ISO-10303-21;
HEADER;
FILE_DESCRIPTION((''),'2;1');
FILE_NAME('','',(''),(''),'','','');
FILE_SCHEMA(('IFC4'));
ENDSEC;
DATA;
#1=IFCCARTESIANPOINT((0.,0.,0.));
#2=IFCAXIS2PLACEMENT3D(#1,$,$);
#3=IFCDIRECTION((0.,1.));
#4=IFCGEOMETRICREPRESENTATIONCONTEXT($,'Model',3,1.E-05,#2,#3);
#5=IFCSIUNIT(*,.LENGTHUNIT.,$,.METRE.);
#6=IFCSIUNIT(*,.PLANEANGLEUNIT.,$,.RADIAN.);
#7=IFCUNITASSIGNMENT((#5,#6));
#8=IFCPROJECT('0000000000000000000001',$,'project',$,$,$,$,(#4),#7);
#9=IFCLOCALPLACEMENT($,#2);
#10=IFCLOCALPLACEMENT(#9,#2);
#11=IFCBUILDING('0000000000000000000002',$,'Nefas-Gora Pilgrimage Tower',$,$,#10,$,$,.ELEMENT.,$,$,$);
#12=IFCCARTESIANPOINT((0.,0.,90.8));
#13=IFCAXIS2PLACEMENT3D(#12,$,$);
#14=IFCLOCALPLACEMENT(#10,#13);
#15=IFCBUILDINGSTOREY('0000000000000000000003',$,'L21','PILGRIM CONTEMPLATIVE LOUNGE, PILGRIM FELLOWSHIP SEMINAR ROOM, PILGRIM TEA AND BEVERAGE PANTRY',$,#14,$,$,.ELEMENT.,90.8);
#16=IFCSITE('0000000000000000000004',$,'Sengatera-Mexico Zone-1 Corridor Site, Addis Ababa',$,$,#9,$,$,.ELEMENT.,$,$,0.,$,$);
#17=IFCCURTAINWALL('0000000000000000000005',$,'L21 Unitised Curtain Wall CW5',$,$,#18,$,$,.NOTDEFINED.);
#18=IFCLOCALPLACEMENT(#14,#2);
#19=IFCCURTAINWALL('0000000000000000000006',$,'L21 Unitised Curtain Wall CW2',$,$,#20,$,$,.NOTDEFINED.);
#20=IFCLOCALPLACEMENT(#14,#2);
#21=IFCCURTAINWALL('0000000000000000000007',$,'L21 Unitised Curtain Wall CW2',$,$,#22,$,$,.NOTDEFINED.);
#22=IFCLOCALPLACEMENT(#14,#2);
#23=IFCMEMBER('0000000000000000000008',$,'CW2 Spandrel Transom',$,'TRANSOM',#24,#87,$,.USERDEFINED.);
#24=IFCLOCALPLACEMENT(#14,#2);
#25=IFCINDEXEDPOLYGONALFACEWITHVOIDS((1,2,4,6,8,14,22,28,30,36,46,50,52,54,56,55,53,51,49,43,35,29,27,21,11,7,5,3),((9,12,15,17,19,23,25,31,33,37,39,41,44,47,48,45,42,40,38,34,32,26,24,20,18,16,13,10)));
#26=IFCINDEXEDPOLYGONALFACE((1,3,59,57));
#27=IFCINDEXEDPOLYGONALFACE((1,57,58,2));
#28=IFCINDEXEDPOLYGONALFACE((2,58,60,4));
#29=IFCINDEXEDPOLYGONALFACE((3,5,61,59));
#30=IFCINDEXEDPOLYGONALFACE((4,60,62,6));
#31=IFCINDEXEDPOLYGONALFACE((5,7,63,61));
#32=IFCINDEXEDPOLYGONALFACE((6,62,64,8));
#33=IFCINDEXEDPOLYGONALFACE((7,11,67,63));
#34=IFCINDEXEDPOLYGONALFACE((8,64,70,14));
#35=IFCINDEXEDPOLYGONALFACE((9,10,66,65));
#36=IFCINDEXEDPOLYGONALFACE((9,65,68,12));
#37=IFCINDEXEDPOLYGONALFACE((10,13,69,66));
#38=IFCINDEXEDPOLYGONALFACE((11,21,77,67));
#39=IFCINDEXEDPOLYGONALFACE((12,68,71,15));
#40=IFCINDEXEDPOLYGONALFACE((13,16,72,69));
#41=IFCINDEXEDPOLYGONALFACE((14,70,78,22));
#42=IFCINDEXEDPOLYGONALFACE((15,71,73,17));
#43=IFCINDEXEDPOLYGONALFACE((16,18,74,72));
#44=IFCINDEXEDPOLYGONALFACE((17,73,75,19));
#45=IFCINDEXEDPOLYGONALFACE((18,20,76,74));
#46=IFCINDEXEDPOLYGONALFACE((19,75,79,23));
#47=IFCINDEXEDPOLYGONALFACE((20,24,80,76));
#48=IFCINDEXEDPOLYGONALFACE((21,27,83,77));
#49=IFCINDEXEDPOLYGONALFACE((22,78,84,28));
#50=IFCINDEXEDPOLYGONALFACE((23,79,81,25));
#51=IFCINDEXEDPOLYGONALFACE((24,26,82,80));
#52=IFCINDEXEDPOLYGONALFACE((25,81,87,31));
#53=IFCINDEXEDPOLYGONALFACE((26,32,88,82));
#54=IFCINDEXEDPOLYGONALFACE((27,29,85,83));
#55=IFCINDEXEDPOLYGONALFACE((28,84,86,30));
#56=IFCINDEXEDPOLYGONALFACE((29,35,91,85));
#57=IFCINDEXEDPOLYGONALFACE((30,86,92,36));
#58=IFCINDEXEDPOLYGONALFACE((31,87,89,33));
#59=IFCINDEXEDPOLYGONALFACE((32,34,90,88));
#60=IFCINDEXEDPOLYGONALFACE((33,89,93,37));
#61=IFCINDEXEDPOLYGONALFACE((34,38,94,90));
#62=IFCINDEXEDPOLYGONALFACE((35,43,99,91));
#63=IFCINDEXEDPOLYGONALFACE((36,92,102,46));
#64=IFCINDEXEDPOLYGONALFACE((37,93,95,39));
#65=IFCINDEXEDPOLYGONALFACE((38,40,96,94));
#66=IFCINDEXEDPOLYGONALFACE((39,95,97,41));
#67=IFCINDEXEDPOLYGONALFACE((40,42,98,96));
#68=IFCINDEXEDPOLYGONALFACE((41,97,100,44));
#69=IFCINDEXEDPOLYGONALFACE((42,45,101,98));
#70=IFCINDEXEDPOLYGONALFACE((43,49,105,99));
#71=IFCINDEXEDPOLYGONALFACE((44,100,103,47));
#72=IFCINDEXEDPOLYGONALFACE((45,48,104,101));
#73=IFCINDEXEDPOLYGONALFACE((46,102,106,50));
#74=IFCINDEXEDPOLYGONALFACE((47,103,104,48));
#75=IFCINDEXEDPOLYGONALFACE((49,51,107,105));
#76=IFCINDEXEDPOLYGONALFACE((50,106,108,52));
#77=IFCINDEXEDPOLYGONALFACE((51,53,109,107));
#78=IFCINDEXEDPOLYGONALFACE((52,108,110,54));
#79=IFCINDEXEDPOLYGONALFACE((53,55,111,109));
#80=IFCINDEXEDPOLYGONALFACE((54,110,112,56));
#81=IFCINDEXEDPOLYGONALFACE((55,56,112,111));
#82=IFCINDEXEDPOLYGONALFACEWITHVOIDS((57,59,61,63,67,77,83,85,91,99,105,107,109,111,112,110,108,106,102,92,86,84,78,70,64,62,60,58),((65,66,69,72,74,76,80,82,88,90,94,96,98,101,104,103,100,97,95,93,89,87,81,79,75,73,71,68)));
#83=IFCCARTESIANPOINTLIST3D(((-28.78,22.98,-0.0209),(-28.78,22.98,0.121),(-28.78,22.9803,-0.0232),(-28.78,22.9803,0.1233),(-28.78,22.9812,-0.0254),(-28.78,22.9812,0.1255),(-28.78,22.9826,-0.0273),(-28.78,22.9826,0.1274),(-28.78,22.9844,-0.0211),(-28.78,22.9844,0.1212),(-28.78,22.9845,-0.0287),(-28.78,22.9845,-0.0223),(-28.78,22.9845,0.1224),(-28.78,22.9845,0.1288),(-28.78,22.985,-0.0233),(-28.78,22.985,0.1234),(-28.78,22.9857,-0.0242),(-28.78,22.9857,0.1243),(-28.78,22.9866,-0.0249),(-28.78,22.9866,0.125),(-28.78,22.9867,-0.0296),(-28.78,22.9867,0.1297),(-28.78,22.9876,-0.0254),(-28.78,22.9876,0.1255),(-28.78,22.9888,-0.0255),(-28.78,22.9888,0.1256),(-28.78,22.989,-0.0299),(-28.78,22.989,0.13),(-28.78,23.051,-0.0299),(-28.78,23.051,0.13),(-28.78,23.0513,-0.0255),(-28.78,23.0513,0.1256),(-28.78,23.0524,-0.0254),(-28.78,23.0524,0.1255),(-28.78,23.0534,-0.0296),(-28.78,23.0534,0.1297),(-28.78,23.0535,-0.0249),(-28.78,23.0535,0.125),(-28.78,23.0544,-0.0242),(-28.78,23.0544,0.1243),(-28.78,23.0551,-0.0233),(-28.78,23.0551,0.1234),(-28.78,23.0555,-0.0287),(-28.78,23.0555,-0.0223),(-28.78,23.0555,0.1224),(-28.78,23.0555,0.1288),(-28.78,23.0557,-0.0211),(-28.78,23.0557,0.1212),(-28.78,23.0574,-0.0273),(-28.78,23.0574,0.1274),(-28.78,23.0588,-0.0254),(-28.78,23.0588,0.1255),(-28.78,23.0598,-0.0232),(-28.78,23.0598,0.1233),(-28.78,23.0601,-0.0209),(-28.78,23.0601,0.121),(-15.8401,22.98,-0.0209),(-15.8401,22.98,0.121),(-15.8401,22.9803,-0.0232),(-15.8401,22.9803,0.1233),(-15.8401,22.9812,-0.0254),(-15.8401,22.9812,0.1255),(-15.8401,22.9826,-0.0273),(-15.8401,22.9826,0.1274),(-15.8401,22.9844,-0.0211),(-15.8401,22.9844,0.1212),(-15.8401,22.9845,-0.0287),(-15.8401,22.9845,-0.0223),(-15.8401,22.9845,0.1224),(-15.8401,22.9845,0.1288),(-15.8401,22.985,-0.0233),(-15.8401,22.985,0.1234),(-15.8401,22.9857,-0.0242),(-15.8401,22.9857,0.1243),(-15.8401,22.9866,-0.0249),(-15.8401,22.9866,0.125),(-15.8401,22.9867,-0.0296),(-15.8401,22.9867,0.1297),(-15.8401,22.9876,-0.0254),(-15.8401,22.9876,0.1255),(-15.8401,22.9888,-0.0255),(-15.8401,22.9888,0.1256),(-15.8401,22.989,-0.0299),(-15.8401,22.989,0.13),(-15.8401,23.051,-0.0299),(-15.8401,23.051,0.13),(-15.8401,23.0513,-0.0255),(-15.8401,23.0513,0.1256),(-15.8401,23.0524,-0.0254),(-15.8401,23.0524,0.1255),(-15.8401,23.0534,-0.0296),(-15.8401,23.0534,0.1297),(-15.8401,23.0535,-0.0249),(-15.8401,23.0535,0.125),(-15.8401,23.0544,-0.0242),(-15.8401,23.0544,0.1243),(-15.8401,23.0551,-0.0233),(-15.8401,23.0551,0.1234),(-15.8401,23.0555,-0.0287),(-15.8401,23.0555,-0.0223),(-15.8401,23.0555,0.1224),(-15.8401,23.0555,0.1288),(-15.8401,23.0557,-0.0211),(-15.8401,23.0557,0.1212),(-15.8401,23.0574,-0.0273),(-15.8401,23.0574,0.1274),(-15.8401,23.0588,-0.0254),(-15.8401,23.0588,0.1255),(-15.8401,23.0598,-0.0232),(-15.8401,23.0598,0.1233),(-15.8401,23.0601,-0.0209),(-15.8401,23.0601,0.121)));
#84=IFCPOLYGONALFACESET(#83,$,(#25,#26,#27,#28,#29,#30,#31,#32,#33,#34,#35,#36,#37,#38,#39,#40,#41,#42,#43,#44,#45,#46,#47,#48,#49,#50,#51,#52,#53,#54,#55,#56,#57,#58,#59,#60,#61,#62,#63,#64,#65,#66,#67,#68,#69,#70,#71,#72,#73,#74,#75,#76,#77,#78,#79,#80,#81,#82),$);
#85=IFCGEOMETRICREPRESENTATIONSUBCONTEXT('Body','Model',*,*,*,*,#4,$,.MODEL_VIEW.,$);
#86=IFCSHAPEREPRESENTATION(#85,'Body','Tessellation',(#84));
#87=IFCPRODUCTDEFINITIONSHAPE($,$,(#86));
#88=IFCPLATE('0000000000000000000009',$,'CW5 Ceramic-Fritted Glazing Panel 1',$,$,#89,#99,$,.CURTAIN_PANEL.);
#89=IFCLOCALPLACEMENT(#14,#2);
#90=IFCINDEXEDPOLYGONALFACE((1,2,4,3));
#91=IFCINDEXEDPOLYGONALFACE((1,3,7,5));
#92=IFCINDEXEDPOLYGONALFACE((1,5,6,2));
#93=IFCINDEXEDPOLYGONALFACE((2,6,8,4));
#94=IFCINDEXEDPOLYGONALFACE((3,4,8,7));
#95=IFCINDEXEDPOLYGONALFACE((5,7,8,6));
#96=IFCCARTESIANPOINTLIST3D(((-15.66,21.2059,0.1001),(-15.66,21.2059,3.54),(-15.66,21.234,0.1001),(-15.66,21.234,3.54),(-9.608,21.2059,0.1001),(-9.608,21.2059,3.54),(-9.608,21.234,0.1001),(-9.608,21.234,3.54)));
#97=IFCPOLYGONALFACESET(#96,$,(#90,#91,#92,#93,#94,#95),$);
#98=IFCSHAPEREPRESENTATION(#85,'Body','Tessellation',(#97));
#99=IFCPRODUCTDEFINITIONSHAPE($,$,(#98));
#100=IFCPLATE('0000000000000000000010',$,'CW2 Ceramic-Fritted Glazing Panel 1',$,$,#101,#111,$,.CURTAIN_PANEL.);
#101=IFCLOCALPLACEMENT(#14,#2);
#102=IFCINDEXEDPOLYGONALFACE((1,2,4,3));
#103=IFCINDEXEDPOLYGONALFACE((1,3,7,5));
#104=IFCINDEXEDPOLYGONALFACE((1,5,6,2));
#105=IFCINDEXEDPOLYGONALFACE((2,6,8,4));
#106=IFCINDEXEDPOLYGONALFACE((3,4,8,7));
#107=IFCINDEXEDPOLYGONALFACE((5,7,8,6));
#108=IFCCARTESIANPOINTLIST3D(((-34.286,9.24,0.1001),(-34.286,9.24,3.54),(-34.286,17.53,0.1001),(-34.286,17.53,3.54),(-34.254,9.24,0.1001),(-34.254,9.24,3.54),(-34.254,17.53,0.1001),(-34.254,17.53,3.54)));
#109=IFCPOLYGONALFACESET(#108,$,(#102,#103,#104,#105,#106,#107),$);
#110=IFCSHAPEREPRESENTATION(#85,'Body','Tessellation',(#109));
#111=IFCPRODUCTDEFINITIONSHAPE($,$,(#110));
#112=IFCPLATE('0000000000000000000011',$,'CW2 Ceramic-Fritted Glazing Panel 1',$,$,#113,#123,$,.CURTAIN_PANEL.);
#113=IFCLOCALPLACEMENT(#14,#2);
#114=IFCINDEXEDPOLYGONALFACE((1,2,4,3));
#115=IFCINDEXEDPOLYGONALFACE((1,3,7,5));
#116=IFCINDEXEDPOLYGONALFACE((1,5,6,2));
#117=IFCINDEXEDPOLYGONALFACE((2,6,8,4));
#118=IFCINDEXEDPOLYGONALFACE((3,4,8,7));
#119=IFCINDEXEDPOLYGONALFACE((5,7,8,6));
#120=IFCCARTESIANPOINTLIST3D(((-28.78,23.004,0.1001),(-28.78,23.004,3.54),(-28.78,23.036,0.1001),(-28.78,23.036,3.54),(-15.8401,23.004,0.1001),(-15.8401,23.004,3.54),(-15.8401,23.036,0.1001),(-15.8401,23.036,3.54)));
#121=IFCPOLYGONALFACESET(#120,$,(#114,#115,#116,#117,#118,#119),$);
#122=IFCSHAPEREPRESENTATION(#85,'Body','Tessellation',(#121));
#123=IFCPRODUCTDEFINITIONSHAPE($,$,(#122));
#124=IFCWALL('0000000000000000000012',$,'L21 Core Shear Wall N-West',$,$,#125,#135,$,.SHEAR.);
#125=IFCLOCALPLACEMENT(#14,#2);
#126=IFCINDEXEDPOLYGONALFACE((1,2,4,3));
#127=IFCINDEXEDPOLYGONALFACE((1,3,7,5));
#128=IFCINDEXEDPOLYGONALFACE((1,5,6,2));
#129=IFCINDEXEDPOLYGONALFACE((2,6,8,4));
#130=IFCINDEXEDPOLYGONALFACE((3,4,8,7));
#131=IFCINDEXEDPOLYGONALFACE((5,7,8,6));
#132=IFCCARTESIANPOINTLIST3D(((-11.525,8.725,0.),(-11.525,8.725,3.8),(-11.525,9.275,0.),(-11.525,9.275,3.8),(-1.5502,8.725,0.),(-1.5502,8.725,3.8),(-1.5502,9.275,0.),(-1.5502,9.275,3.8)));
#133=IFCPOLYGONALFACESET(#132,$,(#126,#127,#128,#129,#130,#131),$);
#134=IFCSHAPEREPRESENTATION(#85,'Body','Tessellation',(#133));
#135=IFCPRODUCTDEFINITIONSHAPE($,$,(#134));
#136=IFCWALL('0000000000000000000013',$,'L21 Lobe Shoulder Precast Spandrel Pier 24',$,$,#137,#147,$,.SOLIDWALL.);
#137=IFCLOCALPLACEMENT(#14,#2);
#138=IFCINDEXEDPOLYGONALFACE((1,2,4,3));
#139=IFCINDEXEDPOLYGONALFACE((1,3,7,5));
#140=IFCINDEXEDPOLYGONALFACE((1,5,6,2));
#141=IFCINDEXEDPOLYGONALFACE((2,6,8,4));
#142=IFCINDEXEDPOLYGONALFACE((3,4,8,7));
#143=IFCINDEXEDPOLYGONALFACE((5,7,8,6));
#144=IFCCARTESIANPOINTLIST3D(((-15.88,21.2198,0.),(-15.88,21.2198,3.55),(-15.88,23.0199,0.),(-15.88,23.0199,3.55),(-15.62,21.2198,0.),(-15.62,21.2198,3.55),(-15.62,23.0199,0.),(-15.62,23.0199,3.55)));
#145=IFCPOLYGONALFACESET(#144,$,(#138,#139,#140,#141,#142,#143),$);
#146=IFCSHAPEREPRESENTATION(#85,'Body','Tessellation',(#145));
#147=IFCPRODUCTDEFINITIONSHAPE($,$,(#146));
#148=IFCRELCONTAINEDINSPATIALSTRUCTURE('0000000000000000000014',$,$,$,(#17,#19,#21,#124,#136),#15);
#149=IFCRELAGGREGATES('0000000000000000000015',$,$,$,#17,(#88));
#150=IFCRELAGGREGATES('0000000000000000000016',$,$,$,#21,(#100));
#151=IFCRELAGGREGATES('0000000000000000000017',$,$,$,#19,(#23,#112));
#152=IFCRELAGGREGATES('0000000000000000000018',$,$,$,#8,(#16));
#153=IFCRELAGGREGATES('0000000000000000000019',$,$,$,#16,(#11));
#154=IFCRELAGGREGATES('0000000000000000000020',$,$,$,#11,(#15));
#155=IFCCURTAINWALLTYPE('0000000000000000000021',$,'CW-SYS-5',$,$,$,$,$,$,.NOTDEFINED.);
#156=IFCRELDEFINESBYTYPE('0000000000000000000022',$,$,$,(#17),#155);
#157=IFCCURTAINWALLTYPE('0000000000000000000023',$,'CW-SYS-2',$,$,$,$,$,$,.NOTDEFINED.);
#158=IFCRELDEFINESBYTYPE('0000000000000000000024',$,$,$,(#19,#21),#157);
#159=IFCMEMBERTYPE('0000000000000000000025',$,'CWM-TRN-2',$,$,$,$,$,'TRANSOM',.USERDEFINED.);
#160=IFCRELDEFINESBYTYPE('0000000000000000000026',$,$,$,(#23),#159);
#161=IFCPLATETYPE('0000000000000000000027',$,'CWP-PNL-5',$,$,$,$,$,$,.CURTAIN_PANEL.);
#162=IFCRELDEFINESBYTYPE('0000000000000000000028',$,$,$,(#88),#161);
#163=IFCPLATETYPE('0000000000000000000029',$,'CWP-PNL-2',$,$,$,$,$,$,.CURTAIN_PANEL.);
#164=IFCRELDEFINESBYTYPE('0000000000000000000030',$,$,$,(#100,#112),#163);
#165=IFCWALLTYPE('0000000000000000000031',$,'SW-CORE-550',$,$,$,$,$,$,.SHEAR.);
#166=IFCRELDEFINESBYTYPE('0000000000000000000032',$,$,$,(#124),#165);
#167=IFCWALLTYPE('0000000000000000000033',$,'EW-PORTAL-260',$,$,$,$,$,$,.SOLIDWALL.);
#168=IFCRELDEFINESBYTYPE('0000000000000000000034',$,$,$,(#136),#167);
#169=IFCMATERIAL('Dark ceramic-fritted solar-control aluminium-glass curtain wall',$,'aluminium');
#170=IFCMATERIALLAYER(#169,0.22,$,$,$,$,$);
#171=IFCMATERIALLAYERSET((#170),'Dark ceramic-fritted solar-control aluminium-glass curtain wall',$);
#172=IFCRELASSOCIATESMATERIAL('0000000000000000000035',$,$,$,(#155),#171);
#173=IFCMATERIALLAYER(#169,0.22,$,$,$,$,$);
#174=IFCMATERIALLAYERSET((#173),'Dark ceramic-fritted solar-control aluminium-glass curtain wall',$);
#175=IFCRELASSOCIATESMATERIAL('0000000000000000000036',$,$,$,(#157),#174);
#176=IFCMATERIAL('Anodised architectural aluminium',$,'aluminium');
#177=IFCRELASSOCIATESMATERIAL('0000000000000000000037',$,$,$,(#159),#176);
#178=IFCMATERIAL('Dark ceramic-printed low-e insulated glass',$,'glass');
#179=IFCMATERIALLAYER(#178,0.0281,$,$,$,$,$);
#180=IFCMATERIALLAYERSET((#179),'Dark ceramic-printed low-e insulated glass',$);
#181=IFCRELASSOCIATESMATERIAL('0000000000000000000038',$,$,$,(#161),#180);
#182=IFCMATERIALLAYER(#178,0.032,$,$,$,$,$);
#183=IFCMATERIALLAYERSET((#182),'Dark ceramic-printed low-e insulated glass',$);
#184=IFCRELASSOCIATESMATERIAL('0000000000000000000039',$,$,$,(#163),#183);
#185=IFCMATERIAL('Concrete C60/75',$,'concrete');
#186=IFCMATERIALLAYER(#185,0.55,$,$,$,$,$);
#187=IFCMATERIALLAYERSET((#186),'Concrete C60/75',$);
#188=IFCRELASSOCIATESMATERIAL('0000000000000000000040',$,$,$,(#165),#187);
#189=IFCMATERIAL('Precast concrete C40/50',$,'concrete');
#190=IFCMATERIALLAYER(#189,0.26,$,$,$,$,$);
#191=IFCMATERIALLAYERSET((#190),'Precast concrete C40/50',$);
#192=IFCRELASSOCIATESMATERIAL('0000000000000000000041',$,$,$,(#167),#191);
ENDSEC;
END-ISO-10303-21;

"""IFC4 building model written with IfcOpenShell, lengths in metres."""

from ifc_helpers import new_model, si_unit, direction, frame, frame_2d, origin, origin_2d, place, context, subcontext, project, spatial, rectangle, hollow_rectangle, extrude, source, transform, mapped, material, layer, layer_set, material_profile, profile_set, type_object, element, aggregate, save


model = new_model("IFC4")

# Units and contexts
model_context = context("Model", 3, precision=1e-05, world=origin(), true_north=direction((0.0, 1.0)))
body_context = subcontext(model_context, "Body", "Model", "MODEL_VIEW")
ifc_project = project(units=[si_unit("LENGTHUNIT", "METRE"), si_unit("PLANEANGLEUNIT", "RADIAN")], contexts=[model_context])

# Site, building, storey
site_placement = place(None, origin())
site = spatial("IfcSite", under=ifc_project, at=site_placement, Name="Sengatera-Mexico Zone-1 Corridor Site, Addis Ababa", CompositionType="ELEMENT", RefElevation=0.0)
building_placement = place(site_placement, origin())
building = spatial("IfcBuilding", under=site, at=building_placement, Name="Nefas-Gora Pilgrimage Tower", CompositionType="ELEMENT")
storey_placement = place(building_placement, frame((0.0, 0.0, 90.8)))
storey = spatial("IfcBuildingStorey", under=building, at=storey_placement, Name="L21", Description="PILGRIM CONTEMPLATIVE LOUNGE, PILGRIM FELLOWSHIP SEMINAR ROOM, PILGRIM TEA AND BEVERAGE PANTRY", CompositionType="ELEMENT", Elevation=90.8)

# Curtain wall
ifc_material_1 = material(Name="Dark ceramic-fritted solar-control aluminium-glass curtain wall", Category="aluminium")
ifc_layer_1 = layer(ifc_material_1, 0.22)
ifc_layer_set_1 = layer_set([ifc_layer_1], Name="Dark ceramic-fritted solar-control aluminium-glass curtain wall")
curtain_wall_type_1 = type_object("IfcCurtainWallType", Name="CW-SYS-5", PredefinedType="NOTDEFINED", material=ifc_layer_set_1)
curtain_wall_1_placement = place(storey_placement, origin())
curtain_wall_1 = element("IfcCurtainWall", 1, at=curtain_wall_1_placement, inside=storey, type_object=curtain_wall_type_1, Name="L21 Unitised Curtain Wall CW5", PredefinedType="NOTDEFINED")
ifc_material_2 = material(Name="Anodised architectural aluminium", Category="aluminium")

# Curtain walls
ifc_layer_2 = layer(ifc_material_1, 0.22)
ifc_layer_set_2 = layer_set([ifc_layer_2], Name="Dark ceramic-fritted solar-control aluminium-glass curtain wall")
curtain_wall_type_2 = type_object("IfcCurtainWallType", Name="CW-SYS-2", PredefinedType="NOTDEFINED", material=ifc_layer_set_2)
curtain_wall_2_placement = place(storey_placement, origin())
curtain_wall_2 = element("IfcCurtainWall", 2, at=curtain_wall_2_placement, inside=storey, type_object=curtain_wall_type_2, Name="L21 Unitised Curtain Wall CW2", PredefinedType="NOTDEFINED")
curtain_wall_3_placement = place(storey_placement, origin())
curtain_wall_3 = element("IfcCurtainWall", 3, at=curtain_wall_3_placement, inside=storey, type_object=curtain_wall_type_2, Name="L21 Unitised Curtain Wall CW2", PredefinedType="NOTDEFINED")
ifc_material_profile_1 = material_profile(ifc_material_2, hollow_rectangle(XDim=0.0801, YDim=0.1599, WallThickness=0.0044, InnerFilletRadius=0.0044, OuterFilletRadius=0.009, at=origin_2d()), Name="ALU TRANSOM 80x160")
ifc_profile_set_1 = profile_set([ifc_material_profile_1], Name="Anodised architectural aluminium")
member_type_1 = type_object("IfcMemberType", Name="CWM-TRN-2", ElementType="TRANSOM", PredefinedType="USERDEFINED", material=ifc_profile_set_1)

# Member
shared_shape_1 = source(origin(), body_context, "Body", "SweptSolid", [
    extrude(hollow_rectangle(XDim=0.0801, YDim=0.1599, WallThickness=0.0044, InnerFilletRadius=0.0044, OuterFilletRadius=0.009, at=origin_2d()), origin(), (0.0, 0.0, 1.0), 12.9399),
])
member_1_placement = place(storey_placement, frame((-15.8401, 23.02, 0.05), z_axis=(-1.0, 0.0, 0.0), x_axis=(0.0, -1.0, 0.0)))
member_1 = element("IfcMember", 4, at=member_1_placement, type_object=member_type_1, Name="CW2 Spandrel Transom", ObjectType="TRANSOM", PredefinedType="USERDEFINED", context=body_context, shape_type="MappedRepresentation", body=[
    mapped(shared_shape_1, transform((0.0, 0.0, 0.0), x_axis=(1.0, 0.0, 0.0), y_axis=(0.0, 1.0, 0.0), z_axis=(0.0, 0.0, 1.0), scale=1.0)),
])

# Plates
ifc_material_3 = material(Name="Dark ceramic-printed low-e insulated glass", Category="glass")
ifc_layer_3 = layer(ifc_material_3, 0.0281)
ifc_layer_set_3 = layer_set([ifc_layer_3], Name="Dark ceramic-printed low-e insulated glass")
plate_type_1 = type_object("IfcPlateType", Name="CWP-PNL-5", PredefinedType="CURTAIN_PANEL", material=ifc_layer_set_3)
shared_shape_2 = source(origin(), body_context, "Body", "SweptSolid", [
    extrude(rectangle(XDim=6.052, YDim=0.0281, at=origin_2d()), origin(), (0.0, 0.0, 1.0), 3.4399),
])
plate_1_placement = place(storey_placement, frame((-12.634, 21.22, 0.1001), z_axis=(0.0, 0.0, 1.0), x_axis=(-1.0, 0.0, 0.0)))
plate_1 = element("IfcPlate", 5, at=plate_1_placement, type_object=plate_type_1, Name="CW5 Ceramic-Fritted Glazing Panel 1", PredefinedType="CURTAIN_PANEL", context=body_context, shape_type="MappedRepresentation", body=[
    mapped(shared_shape_2, transform((0.0, 0.0, 0.0), x_axis=(1.0, 0.0, 0.0), y_axis=(0.0, 1.0, 0.0), z_axis=(0.0, 0.0, 1.0), scale=1.0)),
])
aggregate(curtain_wall_1, [plate_1])
ifc_layer_4 = layer(ifc_material_3, 0.032)
ifc_layer_set_4 = layer_set([ifc_layer_4], Name="Dark ceramic-printed low-e insulated glass")
plate_type_2 = type_object("IfcPlateType", Name="CWP-PNL-2", PredefinedType="CURTAIN_PANEL", material=ifc_layer_set_4)
shared_shape_3 = source(origin(), body_context, "Body", "SweptSolid", [
    extrude(rectangle(XDim=8.29, YDim=0.032, at=origin_2d()), origin(), (0.0, 0.0, 1.0), 3.4399),
])
plate_2_placement = place(storey_placement, frame((-34.27, 13.385, 0.1001), z_axis=(0.0, 0.0, 1.0), x_axis=(0.0, -1.0, 0.0)))
plate_2 = element("IfcPlate", 6, at=plate_2_placement, type_object=plate_type_2, Name="CW2 Ceramic-Fritted Glazing Panel 1", PredefinedType="CURTAIN_PANEL", context=body_context, shape_type="MappedRepresentation", body=[
    mapped(shared_shape_3, transform((0.0, 0.0, 0.0), x_axis=(1.0, 0.0, 0.0), y_axis=(0.0, 1.0, 0.0), z_axis=(0.0, 0.0, 1.0), scale=1.0)),
])
aggregate(curtain_wall_3, [plate_2])
shared_shape_4 = source(origin(), body_context, "Body", "SweptSolid", [
    extrude(rectangle(XDim=12.9399, YDim=0.032, at=origin_2d()), origin(), (0.0, 0.0, 1.0), 3.4399),
])
plate_3_placement = place(storey_placement, frame((-22.3101, 23.02, 0.1001), z_axis=(0.0, 0.0, 1.0), x_axis=(-1.0, 0.0, 0.0)))
plate_3 = element("IfcPlate", 7, at=plate_3_placement, type_object=plate_type_2, Name="CW2 Ceramic-Fritted Glazing Panel 1", PredefinedType="CURTAIN_PANEL", context=body_context, shape_type="MappedRepresentation", body=[
    mapped(shared_shape_4, transform((0.0, 0.0, 0.0), x_axis=(1.0, 0.0, 0.0), y_axis=(0.0, 1.0, 0.0), z_axis=(0.0, 0.0, 1.0), scale=1.0)),
])
aggregate(curtain_wall_2, [member_1, plate_3])

# Walls
ifc_material_4 = material(Name="Concrete C60/75", Category="concrete")
ifc_layer_5 = layer(ifc_material_4, 0.55)
ifc_layer_set_5 = layer_set([ifc_layer_5], Name="Concrete C60/75")
wall_type_1 = type_object("IfcWallType", Name="SW-CORE-550", PredefinedType="SHEAR", material=ifc_layer_set_5)
shared_shape_5 = source(origin(), body_context, "Body", "SweptSolid", [
    extrude(rectangle(XDim=9.9749, YDim=0.55, at=frame_2d((4.9873, 0.0))), origin(), (0.0, 0.0, 1.0), 3.8),
])
wall_1_placement = place(storey_placement, frame((-11.5249, 9.0, 0.0), z_axis=(0.0, 0.0, 1.0), x_axis=(1.0, 0.0, 0.0)))
element("IfcWall", 8, at=wall_1_placement, inside=storey, type_object=wall_type_1, Name="L21 Core Shear Wall N-West", PredefinedType="SHEAR", context=body_context, shape_type="MappedRepresentation", body=[
    mapped(shared_shape_5, transform((0.0, 0.0, 0.0), x_axis=(1.0, 0.0, 0.0), y_axis=(0.0, 1.0, 0.0), z_axis=(0.0, 0.0, 1.0), scale=1.0)),
])
ifc_material_5 = material(Name="Precast concrete C40/50", Category="concrete")
ifc_layer_6 = layer(ifc_material_5, 0.26)
ifc_layer_set_6 = layer_set([ifc_layer_6], Name="Precast concrete C40/50")
wall_type_2 = type_object("IfcWallType", Name="EW-PORTAL-260", PredefinedType="SOLIDWALL", material=ifc_layer_set_6)
shared_shape_6 = source(origin(), body_context, "Body", "SweptSolid", [
    extrude(rectangle(XDim=1.8, YDim=0.26, at=frame_2d((0.8999, 0.0))), origin(), (0.0, 0.0, 1.0), 3.55),
])
wall_2_placement = place(storey_placement, frame((-15.75, 21.22, 0.0), z_axis=(0.0, 0.0, 1.0), x_axis=(0.0, 1.0, 0.0)))
element("IfcWall", 9, at=wall_2_placement, inside=storey, type_object=wall_type_2, Name="L21 Lobe Shoulder Precast Spandrel Pier 24", PredefinedType="SOLIDWALL", context=body_context, shape_type="MappedRepresentation", body=[
    mapped(shared_shape_6, transform((0.0, 0.0, 0.0), x_axis=(1.0, 0.0, 0.0), y_axis=(0.0, 1.0, 0.0), z_axis=(0.0, 0.0, 1.0), scale=1.0)),
])

save(model, "model.ifc")
